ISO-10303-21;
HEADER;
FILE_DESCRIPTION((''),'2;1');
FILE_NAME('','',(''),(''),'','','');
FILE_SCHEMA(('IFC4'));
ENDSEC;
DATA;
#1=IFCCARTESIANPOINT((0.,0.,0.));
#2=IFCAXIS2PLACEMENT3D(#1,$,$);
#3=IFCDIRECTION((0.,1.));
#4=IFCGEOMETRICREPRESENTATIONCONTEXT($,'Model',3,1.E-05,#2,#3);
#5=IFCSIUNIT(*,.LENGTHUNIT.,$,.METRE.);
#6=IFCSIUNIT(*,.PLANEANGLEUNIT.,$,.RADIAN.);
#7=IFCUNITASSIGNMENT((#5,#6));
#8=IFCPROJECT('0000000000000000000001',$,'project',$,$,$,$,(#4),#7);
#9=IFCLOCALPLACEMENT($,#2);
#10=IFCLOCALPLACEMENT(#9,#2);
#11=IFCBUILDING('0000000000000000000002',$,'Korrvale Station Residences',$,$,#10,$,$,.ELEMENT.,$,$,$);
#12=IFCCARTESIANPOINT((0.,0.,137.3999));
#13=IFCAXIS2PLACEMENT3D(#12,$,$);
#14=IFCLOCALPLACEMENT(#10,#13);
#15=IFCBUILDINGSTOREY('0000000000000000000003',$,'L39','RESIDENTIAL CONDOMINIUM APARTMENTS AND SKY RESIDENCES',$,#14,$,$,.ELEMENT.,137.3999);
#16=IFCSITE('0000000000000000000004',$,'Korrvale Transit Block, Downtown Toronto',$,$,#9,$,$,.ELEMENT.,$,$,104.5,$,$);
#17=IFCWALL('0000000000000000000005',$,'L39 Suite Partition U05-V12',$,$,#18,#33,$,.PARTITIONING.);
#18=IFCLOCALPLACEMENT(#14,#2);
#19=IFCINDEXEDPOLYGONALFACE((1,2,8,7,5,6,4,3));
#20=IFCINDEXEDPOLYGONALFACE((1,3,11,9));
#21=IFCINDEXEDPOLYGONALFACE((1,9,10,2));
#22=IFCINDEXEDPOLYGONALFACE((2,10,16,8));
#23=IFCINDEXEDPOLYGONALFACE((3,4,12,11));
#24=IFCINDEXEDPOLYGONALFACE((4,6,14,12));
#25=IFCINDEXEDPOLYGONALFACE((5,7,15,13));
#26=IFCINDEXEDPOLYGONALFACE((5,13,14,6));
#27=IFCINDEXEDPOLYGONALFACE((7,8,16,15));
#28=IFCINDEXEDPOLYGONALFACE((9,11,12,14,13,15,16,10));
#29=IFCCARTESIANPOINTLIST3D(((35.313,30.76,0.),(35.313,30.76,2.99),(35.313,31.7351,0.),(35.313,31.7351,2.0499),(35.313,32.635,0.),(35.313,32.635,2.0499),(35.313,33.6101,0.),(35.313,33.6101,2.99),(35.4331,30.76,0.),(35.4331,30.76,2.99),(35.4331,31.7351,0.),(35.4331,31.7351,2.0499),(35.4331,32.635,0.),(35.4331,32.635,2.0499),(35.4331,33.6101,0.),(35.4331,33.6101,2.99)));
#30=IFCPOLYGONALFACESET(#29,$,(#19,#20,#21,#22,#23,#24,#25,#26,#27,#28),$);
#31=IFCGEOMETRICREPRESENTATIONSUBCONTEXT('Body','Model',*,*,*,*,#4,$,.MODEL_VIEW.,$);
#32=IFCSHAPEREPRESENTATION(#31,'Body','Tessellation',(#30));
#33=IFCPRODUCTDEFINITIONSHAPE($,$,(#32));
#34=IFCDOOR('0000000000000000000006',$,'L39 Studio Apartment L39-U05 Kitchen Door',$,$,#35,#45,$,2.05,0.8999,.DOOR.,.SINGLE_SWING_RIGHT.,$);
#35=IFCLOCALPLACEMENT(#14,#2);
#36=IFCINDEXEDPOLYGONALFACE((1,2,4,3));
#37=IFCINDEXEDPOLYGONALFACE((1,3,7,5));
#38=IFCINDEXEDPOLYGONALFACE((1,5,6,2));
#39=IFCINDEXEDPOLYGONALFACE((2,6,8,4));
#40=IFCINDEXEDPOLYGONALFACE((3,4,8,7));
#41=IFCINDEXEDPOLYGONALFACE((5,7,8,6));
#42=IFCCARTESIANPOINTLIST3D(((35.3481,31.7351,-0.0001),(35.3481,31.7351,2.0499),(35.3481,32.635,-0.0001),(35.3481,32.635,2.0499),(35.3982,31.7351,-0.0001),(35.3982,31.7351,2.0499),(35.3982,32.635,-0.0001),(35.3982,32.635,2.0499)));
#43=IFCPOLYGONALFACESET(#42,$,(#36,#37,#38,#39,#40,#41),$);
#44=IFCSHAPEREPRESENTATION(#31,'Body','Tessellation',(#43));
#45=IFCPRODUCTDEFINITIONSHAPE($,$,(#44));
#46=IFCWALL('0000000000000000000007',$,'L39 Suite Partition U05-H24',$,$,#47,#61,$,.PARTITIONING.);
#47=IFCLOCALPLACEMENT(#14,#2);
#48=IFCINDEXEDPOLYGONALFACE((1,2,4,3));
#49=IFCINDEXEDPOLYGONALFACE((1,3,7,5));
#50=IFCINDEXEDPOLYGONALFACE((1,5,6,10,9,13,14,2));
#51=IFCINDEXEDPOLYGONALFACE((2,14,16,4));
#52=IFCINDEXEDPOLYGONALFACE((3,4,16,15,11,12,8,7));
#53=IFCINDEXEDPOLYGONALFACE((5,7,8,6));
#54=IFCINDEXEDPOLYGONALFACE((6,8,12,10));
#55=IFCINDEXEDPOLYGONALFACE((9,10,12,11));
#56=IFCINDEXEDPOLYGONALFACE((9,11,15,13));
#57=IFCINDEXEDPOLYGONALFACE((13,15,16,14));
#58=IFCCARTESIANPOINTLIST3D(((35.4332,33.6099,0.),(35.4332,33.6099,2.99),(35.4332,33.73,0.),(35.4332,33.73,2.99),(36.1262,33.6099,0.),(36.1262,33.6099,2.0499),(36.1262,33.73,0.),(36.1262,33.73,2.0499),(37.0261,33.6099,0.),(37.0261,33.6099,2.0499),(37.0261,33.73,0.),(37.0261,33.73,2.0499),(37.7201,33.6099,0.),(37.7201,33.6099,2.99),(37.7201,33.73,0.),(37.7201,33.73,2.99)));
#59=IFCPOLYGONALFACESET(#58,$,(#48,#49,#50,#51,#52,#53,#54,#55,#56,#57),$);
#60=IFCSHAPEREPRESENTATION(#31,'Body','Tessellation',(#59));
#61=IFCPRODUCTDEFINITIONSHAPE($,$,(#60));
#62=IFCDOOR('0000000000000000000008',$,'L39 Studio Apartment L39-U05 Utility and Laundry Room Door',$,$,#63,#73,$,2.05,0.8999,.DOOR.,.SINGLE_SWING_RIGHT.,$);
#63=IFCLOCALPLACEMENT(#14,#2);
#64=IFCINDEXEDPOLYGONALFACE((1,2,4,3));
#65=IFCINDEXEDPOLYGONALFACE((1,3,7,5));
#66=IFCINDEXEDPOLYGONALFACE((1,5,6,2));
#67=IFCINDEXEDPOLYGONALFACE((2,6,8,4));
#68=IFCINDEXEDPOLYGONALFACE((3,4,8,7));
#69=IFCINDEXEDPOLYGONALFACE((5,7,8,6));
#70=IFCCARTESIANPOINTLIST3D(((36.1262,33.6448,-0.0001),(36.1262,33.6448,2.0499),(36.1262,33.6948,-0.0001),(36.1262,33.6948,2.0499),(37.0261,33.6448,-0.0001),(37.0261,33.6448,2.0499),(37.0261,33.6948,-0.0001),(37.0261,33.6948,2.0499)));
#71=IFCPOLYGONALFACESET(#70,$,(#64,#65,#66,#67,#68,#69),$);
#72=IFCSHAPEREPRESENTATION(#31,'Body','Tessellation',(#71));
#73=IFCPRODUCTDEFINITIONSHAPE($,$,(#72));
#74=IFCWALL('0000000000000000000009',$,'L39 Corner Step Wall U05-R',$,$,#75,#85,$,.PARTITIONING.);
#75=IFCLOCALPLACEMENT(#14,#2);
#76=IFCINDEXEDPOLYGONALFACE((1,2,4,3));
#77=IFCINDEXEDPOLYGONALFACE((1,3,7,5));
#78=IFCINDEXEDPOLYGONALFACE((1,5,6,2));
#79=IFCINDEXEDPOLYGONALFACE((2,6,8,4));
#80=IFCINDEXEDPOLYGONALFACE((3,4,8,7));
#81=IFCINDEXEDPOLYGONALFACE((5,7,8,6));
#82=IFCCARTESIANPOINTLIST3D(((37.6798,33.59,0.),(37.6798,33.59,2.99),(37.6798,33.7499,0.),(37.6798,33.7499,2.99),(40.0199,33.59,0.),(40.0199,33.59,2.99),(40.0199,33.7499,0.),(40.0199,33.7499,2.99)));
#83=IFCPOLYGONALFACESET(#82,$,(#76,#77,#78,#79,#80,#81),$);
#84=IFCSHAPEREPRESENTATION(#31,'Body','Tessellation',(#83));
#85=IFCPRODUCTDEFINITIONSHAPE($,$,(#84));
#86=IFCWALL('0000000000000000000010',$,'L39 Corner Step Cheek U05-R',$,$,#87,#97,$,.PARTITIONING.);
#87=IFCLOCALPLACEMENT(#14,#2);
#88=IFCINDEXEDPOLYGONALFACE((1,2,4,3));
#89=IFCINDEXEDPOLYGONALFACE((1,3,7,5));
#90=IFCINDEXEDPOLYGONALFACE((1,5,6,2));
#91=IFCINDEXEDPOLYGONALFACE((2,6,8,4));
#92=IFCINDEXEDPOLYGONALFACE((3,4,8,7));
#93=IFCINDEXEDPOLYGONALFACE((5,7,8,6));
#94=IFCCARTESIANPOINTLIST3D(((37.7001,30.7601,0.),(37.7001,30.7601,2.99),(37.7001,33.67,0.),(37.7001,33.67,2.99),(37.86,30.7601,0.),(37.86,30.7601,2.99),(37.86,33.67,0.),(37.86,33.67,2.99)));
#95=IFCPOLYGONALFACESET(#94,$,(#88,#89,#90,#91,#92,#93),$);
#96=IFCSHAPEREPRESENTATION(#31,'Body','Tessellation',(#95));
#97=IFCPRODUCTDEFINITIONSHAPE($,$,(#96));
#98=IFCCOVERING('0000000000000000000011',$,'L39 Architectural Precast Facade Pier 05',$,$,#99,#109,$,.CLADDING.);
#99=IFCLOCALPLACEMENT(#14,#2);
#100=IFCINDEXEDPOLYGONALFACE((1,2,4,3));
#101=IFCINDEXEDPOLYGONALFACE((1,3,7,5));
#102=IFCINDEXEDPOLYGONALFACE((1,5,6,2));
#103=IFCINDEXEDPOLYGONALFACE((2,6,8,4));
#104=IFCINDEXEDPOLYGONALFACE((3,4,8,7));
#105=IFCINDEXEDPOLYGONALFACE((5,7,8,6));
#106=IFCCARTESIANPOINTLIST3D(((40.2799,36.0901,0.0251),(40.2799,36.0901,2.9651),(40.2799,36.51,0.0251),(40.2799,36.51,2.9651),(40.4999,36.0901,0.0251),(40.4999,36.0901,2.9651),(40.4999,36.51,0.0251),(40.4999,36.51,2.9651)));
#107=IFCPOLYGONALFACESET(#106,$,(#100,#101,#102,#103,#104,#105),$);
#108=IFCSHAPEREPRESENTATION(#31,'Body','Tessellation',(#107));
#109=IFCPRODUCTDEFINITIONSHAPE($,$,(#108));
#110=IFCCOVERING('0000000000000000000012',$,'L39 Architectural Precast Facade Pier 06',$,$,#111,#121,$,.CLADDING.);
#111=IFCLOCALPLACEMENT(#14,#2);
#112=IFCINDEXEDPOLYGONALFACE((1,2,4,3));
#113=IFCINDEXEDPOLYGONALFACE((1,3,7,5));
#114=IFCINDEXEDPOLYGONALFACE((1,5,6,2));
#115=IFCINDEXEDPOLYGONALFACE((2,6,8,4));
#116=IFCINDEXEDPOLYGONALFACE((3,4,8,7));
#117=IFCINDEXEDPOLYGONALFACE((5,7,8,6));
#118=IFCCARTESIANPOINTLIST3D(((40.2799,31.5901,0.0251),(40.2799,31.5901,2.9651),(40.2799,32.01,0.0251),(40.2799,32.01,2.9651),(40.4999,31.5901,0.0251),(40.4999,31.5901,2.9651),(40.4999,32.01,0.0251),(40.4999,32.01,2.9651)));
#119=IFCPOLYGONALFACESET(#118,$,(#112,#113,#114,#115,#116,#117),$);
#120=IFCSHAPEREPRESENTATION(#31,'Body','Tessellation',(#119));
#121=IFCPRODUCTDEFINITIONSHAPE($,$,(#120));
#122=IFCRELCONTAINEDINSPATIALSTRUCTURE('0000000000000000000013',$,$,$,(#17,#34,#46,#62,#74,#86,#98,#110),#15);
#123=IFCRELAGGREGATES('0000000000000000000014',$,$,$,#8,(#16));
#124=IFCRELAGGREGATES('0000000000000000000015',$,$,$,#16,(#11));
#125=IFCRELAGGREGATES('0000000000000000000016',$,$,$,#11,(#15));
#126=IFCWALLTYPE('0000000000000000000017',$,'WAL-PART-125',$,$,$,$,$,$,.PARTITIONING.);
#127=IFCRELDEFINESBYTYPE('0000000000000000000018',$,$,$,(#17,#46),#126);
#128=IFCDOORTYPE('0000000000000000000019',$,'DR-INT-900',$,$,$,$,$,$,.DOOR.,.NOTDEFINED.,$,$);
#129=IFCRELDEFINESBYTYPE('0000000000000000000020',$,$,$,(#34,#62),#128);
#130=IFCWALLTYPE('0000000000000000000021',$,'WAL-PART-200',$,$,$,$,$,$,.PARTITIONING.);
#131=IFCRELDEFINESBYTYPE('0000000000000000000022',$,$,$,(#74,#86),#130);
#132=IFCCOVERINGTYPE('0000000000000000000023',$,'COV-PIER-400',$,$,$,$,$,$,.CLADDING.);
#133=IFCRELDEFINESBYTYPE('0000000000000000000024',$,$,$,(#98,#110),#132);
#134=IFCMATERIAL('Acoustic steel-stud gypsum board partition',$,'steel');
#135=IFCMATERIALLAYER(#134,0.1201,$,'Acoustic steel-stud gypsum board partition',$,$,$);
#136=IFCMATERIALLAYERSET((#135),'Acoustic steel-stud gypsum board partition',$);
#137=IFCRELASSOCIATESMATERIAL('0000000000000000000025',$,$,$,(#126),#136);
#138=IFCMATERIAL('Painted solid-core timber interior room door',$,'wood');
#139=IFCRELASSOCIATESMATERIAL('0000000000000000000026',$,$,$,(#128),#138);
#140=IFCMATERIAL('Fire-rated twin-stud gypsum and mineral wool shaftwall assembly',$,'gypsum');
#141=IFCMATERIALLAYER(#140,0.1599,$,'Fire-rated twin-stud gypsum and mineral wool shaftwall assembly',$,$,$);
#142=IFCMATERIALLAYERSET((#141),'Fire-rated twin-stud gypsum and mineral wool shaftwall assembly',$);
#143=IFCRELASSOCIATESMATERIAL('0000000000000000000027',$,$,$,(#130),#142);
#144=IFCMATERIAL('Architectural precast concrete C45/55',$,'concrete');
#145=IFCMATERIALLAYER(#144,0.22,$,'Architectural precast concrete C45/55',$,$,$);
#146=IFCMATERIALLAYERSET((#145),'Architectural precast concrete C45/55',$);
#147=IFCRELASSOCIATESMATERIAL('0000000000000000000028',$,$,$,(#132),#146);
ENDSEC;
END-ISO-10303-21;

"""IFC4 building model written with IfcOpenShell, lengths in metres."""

from ifc_helpers import new_model, si_unit, direction, frame, frame_2d, origin, origin_2d, place, context, subcontext, project, spatial, rectangle, extrude, material, layer, layer_set, type_object, element, fill, save


model = new_model("IFC4")

# Units and contexts
model_context = context("Model", 3, precision=1e-05, world=origin(), true_north=direction((0.0, 1.0)))
body_context = subcontext(model_context, "Body", "Model", "MODEL_VIEW")
ifc_project = project(units=[si_unit("LENGTHUNIT", "METRE"), si_unit("PLANEANGLEUNIT", "RADIAN")], contexts=[model_context])

# Site, building, storey
site_placement = place(None, origin())
site = spatial("IfcSite", under=ifc_project, at=site_placement, Name="Korrvale Transit Block, Downtown Toronto", CompositionType="ELEMENT", RefElevation=104.5)
building_placement = place(site_placement, origin())
building = spatial("IfcBuilding", under=site, at=building_placement, Name="Korrvale Station Residences", CompositionType="ELEMENT")
storey_placement = place(building_placement, frame((0.0, 0.0, 137.3999)))
storey = spatial("IfcBuildingStorey", under=building, at=storey_placement, Name="L39", Description="RESIDENTIAL CONDOMINIUM APARTMENTS AND SKY RESIDENCES", CompositionType="ELEMENT", Elevation=137.3999)

# Walls, openings, doors
ifc_material_1 = material(Name="Acoustic steel-stud gypsum board partition", Category="steel")
ifc_layer_1 = layer(ifc_material_1, 0.1201, Name="Acoustic steel-stud gypsum board partition")
ifc_layer_set_1 = layer_set([ifc_layer_1], Name="Acoustic steel-stud gypsum board partition")
wall_type_1 = type_object("IfcWallType", Name="WAL-PART-125", PredefinedType="PARTITIONING", material=ifc_layer_set_1)
wall_1_placement = place(storey_placement, frame((35.373, 30.76, 0.0), z_axis=(0.0, 0.0, 1.0), x_axis=(0.0, 1.0, 0.0)))
wall_1 = element("IfcWall", 1, at=wall_1_placement, inside=storey, type_object=wall_type_1, Name="L39 Suite Partition U05-V12", PredefinedType="PARTITIONING", context=body_context, shape_type="SweptSolid", body=[
    extrude(rectangle(XDim=2.8501, YDim=0.1201, at=frame_2d((1.425, 0.0))), origin(), (0.0, 0.0, 1.0), 2.99),
])
opening_1_placement = place(wall_1_placement, frame((0.9751, 0.0, 0.0)))
opening_1 = element("IfcOpeningElement", 2, at=opening_1_placement, cuts=wall_1, PredefinedType="OPENING", context=body_context, shape_type="SweptSolid", body=[
    extrude(rectangle(XDim=0.8999, YDim=2.05, at=frame_2d((0.45, 1.0249))), frame((0.0, 0.0701, 0.0), z_axis=(0.0, -1.0, 0.0), x_axis=(1.0, 0.0, 0.0)), (0.0, 0.0, 1.0), 0.1401),
])
ifc_material_2 = material(Name="Painted solid-core timber interior room door", Category="wood")
door_type = type_object("IfcDoorType", Name="DR-INT-900", OperationType="NOTDEFINED", PredefinedType="DOOR", material=ifc_material_2)
door_1_placement = place(opening_1_placement, origin())
door_1 = element("IfcDoor", 3, at=door_1_placement, inside=storey, type_object=door_type, Name="L39 Studio Apartment L39-U05 Kitchen Door", OperationType="SINGLE_SWING_RIGHT", OverallHeight=2.05, OverallWidth=0.8999, PredefinedType="DOOR", context=body_context, shape_type="SweptSolid", body=[
    extrude(rectangle(XDim=0.8999, YDim=2.05, at=frame_2d((0.45, 1.0249))), frame((0.0, 0.0249, 0.0), z_axis=(0.0, -1.0, 0.0), x_axis=(1.0, 0.0, 0.0)), (0.0, 0.0, 1.0), 0.05),
])
fill(opening_1, door_1)
wall_2_placement = place(storey_placement, frame((35.4331, 33.6699, 0.0), z_axis=(0.0, 0.0, 1.0), x_axis=(1.0, 0.0, 0.0)))
wall_2 = element("IfcWall", 4, at=wall_2_placement, inside=storey, type_object=wall_type_1, Name="L39 Suite Partition U05-H24", PredefinedType="PARTITIONING", context=body_context, shape_type="SweptSolid", body=[
    extrude(rectangle(XDim=2.2869, YDim=0.1201, at=frame_2d((1.1436, 0.0))), origin(), (0.0, 0.0, 1.0), 2.99),
])
opening_2_placement = place(wall_2_placement, frame((0.6931, 0.0, 0.0)))
opening_2 = element("IfcOpeningElement", 5, at=opening_2_placement, cuts=wall_2, PredefinedType="OPENING", context=body_context, shape_type="SweptSolid", body=[
    extrude(rectangle(XDim=0.8999, YDim=2.05, at=frame_2d((0.45, 1.0249))), frame((0.0, 0.0701, 0.0), z_axis=(0.0, -1.0, 0.0), x_axis=(1.0, 0.0, 0.0)), (0.0, 0.0, 1.0), 0.1401),
])
door_2_placement = place(opening_2_placement, origin())
door_2 = element("IfcDoor", 6, at=door_2_placement, inside=storey, type_object=door_type, Name="L39 Studio Apartment L39-U05 Utility and Laundry Room Door", OperationType="SINGLE_SWING_RIGHT", OverallHeight=2.05, OverallWidth=0.8999, PredefinedType="DOOR", context=body_context, shape_type="SweptSolid", body=[
    extrude(rectangle(XDim=0.8999, YDim=2.05, at=frame_2d((0.45, 1.0249))), frame((0.0, 0.0249, 0.0), z_axis=(0.0, -1.0, 0.0), x_axis=(1.0, 0.0, 0.0)), (0.0, 0.0, 1.0), 0.05),
])
fill(opening_2, door_2)

# Walls
ifc_material_3 = material(Name="Fire-rated twin-stud gypsum and mineral wool shaftwall assembly", Category="gypsum")
ifc_layer_2 = layer(ifc_material_3, 0.1599, Name="Fire-rated twin-stud gypsum and mineral wool shaftwall assembly")
ifc_layer_set_2 = layer_set([ifc_layer_2], Name="Fire-rated twin-stud gypsum and mineral wool shaftwall assembly")
wall_type_2 = type_object("IfcWallType", Name="WAL-PART-200", PredefinedType="PARTITIONING", material=ifc_layer_set_2)
wall_3_placement = place(storey_placement, frame((37.6799, 33.6699, 0.0), z_axis=(0.0, 0.0, 1.0), x_axis=(1.0, 0.0, 0.0)))
element("IfcWall", 7, at=wall_3_placement, inside=storey, type_object=wall_type_2, Name="L39 Corner Step Wall U05-R", PredefinedType="PARTITIONING", context=body_context, shape_type="SweptSolid", body=[
    extrude(rectangle(XDim=2.3401, YDim=0.1599, at=frame_2d((1.1699, 0.0))), origin(), (0.0, 0.0, 1.0), 2.99),
])
wall_4_placement = place(storey_placement, frame((37.78, 30.76, 0.0), z_axis=(0.0, 0.0, 1.0), x_axis=(0.0, 1.0, 0.0)))
element("IfcWall", 8, at=wall_4_placement, inside=storey, type_object=wall_type_2, Name="L39 Corner Step Cheek U05-R", PredefinedType="PARTITIONING", context=body_context, shape_type="SweptSolid", body=[
    extrude(rectangle(XDim=2.9099, YDim=0.1599, at=frame_2d((1.4551, 0.0))), origin(), (0.0, 0.0, 1.0), 2.99),
])

# Coverings
ifc_material_4 = material(Name="Architectural precast concrete C45/55", Category="concrete")
ifc_layer_3 = layer(ifc_material_4, 0.22, Name="Architectural precast concrete C45/55")
ifc_layer_set_3 = layer_set([ifc_layer_3], Name="Architectural precast concrete C45/55")
covering_type = type_object("IfcCoveringType", Name="COV-PIER-400", PredefinedType="CLADDING", material=ifc_layer_set_3)
for number, where, z_axis, x_axis, name in (
    (9, (40.3899, 36.3, 0.0251), (0.0, 0.0, 1.0), (0.0, 1.0, 0.0), "L39 Architectural Precast Facade Pier 05"),
    (10, (40.3899, 31.8, 0.0251), (0.0, 0.0, 1.0), (0.0, 1.0, 0.0), "L39 Architectural Precast Facade Pier 06"),
):
    element("IfcCovering", number, at=place(storey_placement, frame(where, z_axis=z_axis, x_axis=x_axis)), inside=storey, type_object=covering_type, Name=name, PredefinedType="CLADDING", context=body_context, shape_type="SweptSolid", body=[
        extrude(rectangle(XDim=0.4199, YDim=0.22, at=origin_2d()), origin(), (0.0, 0.0, 1.0), 2.9399),
    ])

save(model, "model.ifc")
